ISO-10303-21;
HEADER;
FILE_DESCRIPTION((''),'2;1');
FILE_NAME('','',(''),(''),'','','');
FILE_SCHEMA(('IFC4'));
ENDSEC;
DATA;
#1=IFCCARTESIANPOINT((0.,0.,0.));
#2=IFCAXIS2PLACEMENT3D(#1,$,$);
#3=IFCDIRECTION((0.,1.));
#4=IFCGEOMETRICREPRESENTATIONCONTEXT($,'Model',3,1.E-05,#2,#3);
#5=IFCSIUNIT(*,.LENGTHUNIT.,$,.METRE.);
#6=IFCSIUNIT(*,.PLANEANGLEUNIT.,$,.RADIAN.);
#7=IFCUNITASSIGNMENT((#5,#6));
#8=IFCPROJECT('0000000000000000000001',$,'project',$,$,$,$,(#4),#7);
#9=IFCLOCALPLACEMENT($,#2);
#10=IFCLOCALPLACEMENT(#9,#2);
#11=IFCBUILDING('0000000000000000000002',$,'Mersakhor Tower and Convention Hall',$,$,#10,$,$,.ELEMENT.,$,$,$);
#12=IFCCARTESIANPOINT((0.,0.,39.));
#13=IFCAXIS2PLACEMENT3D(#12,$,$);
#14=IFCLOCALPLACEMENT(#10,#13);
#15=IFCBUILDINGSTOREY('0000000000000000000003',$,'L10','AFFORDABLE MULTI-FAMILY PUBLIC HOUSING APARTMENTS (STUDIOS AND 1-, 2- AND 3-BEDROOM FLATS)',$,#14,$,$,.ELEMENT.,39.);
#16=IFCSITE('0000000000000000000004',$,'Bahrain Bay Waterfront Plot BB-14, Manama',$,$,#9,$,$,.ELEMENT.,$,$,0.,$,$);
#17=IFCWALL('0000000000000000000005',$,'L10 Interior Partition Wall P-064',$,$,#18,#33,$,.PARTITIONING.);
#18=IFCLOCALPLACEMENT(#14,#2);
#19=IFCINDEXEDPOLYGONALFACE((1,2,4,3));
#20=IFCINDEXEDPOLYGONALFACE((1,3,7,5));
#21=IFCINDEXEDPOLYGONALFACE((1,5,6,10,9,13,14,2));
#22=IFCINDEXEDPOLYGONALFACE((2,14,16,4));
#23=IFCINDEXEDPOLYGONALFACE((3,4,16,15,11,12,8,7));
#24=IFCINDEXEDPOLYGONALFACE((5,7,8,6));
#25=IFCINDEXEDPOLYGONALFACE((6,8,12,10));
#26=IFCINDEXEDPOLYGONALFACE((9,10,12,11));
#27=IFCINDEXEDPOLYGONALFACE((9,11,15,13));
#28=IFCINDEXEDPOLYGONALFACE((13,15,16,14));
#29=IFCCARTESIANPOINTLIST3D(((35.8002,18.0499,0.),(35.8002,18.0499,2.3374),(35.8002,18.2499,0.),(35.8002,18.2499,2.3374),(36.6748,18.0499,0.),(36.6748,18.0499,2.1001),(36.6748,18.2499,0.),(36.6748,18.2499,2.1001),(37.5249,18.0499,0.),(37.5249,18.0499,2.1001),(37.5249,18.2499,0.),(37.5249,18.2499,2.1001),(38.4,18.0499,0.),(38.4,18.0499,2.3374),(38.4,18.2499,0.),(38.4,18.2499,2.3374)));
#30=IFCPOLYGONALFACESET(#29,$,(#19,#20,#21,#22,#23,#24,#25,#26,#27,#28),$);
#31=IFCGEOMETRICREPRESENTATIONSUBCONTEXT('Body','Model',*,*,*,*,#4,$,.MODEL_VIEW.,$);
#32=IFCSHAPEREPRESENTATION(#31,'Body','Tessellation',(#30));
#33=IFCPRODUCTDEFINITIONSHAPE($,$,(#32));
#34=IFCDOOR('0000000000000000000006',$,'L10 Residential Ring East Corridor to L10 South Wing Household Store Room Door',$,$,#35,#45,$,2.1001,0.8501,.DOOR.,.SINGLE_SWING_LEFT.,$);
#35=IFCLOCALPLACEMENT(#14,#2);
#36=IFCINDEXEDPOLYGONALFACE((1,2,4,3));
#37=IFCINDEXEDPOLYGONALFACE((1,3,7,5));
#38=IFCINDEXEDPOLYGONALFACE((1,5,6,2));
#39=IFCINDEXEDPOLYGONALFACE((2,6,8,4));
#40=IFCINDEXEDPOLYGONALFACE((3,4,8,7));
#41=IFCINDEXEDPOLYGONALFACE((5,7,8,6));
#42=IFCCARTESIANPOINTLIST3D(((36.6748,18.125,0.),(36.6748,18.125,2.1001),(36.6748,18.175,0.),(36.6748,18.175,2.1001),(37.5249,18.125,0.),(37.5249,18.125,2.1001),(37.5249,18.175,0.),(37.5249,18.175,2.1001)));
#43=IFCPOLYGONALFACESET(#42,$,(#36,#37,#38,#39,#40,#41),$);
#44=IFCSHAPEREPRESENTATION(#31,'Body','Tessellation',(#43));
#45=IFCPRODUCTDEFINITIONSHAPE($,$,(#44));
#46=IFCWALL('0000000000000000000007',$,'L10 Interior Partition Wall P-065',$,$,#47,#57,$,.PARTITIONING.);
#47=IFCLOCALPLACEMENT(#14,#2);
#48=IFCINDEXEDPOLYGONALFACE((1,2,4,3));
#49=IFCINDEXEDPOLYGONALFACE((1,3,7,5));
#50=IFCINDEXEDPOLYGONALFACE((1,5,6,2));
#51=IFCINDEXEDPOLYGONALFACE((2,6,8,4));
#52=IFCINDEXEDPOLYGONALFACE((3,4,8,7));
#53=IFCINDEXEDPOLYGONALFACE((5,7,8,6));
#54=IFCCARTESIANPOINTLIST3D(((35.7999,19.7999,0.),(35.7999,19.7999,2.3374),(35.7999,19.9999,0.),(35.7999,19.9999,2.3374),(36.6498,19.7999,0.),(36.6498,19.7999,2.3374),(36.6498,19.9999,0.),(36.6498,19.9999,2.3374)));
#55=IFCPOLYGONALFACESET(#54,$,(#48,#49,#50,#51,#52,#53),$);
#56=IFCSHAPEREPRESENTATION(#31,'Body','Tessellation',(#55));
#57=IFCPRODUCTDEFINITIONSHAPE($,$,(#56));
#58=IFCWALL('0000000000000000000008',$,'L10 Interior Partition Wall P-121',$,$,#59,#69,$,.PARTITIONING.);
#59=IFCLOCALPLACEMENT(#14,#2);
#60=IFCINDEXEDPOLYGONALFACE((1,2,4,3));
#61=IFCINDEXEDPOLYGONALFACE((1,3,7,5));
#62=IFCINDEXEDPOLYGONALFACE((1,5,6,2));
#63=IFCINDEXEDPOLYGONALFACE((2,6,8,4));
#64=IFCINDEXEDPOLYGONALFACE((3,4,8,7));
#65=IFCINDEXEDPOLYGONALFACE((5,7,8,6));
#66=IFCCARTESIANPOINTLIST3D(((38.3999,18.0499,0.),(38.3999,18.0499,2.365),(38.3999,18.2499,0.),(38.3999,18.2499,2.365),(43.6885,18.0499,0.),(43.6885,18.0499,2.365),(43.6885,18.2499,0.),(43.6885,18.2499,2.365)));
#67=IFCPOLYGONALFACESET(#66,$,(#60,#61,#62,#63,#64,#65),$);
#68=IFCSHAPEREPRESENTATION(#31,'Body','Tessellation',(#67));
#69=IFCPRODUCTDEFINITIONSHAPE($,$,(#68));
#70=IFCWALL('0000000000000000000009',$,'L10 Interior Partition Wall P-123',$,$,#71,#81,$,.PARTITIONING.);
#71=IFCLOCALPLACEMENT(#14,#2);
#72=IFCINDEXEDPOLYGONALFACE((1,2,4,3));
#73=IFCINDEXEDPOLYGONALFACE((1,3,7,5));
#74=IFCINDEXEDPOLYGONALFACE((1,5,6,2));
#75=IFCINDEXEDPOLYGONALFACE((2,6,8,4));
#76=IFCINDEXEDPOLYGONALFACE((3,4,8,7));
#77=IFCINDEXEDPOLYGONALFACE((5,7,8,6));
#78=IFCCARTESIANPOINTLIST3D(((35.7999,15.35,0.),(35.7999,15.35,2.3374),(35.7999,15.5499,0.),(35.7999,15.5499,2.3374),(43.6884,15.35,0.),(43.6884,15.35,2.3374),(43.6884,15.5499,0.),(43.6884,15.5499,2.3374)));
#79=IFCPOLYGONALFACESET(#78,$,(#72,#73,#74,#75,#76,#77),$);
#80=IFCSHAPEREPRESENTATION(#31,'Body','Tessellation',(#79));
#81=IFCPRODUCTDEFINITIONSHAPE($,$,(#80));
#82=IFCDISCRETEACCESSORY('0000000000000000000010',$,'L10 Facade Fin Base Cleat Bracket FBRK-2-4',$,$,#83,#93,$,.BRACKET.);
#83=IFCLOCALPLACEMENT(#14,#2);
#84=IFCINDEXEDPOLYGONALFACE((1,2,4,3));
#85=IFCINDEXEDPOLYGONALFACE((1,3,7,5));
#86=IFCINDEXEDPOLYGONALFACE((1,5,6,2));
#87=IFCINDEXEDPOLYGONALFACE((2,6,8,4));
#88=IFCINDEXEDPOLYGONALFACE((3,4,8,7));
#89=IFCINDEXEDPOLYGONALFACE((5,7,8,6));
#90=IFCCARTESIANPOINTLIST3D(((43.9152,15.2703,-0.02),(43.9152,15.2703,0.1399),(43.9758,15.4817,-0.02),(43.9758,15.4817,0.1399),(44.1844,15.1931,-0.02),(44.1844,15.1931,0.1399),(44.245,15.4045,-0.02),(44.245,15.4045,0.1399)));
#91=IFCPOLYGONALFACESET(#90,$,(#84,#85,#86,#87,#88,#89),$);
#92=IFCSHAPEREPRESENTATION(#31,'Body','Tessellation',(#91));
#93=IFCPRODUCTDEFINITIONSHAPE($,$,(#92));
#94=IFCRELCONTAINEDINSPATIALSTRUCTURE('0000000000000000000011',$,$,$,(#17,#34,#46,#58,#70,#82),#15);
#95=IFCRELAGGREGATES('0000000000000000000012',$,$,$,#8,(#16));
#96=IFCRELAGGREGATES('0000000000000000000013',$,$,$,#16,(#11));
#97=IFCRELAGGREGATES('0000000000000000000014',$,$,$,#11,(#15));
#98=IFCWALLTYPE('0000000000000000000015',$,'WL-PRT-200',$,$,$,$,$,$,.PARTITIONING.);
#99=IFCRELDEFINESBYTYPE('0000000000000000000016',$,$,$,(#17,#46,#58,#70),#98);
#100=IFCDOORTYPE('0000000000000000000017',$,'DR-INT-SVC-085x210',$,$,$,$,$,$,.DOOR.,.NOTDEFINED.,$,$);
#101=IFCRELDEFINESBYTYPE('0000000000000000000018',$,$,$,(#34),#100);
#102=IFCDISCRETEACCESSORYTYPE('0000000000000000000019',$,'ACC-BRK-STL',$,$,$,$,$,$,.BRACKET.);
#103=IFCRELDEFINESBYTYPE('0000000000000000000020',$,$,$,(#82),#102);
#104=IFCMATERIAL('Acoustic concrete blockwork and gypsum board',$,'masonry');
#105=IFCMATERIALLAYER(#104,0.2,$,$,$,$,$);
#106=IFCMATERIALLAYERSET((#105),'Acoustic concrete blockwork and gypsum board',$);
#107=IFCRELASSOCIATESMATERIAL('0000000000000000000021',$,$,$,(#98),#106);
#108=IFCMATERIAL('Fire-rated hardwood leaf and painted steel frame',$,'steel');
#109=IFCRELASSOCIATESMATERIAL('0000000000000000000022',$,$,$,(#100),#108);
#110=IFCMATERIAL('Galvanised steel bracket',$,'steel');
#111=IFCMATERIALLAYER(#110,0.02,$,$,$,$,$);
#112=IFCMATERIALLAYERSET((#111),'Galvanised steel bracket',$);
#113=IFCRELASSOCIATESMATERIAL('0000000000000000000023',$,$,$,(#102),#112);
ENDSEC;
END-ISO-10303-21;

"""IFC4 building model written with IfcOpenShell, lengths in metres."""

from ifc_helpers import new_model, si_unit, direction, frame, frame_2d, origin, origin_2d, place, context, subcontext, project, spatial, rectangle, extrude, material, layer, layer_set, type_object, element, fill, save


model = new_model("IFC4")

# Units and contexts
model_context = context("Model", 3, precision=1e-05, world=origin(), true_north=direction((0.0, 1.0)))
body_context = subcontext(model_context, "Body", "Model", "MODEL_VIEW")
ifc_project = project(units=[si_unit("LENGTHUNIT", "METRE"), si_unit("PLANEANGLEUNIT", "RADIAN")], contexts=[model_context])

# Site, building, storey
site_placement = place(None, origin())
site = spatial("IfcSite", under=ifc_project, at=site_placement, Name="Bahrain Bay Waterfront Plot BB-14, Manama", CompositionType="ELEMENT", RefElevation=0.0)
building_placement = place(site_placement, origin())
building = spatial("IfcBuilding", under=site, at=building_placement, Name="Mersakhor Tower and Convention Hall", CompositionType="ELEMENT")
storey_placement = place(building_placement, frame((0.0, 0.0, 39.0)))
storey = spatial("IfcBuildingStorey", under=building, at=storey_placement, Name="L10", Description="AFFORDABLE MULTI-FAMILY PUBLIC HOUSING APARTMENTS (STUDIOS AND 1-, 2- AND 3-BEDROOM FLATS)", CompositionType="ELEMENT", Elevation=39.0)

# Wall, opening, door
ifc_material_1 = material(Name="Acoustic concrete blockwork and gypsum board", Category="masonry")
ifc_layer_1 = layer(ifc_material_1, 0.2)
ifc_layer_set_1 = layer_set([ifc_layer_1], Name="Acoustic concrete blockwork and gypsum board")
wall_type_1 = type_object("IfcWallType", Name="WL-PRT-200", PredefinedType="PARTITIONING", material=ifc_layer_set_1)
wall_1_placement = place(storey_placement, frame((38.3999, 18.1499, 0.0), z_axis=(0.0, 0.0, 1.0), x_axis=(-1.0, 0.0, 0.0)))
wall_1 = element("IfcWall", 1, at=wall_1_placement, inside=storey, type_object=wall_type_1, Name="L10 Interior Partition Wall P-064", PredefinedType="PARTITIONING", context=body_context, shape_type="SweptSolid", body=[
    extrude(rectangle(XDim=2.5999, YDim=0.2, at=frame_2d((1.2998, 0.0))), origin(), (0.0, 0.0, 1.0), 2.3374),
])
opening_1_placement = place(wall_1_placement, frame((0.875, 0.0, 0.0)))
opening_1 = element("IfcOpeningElement", 2, at=opening_1_placement, cuts=wall_1, PredefinedType="OPENING", context=body_context, shape_type="SweptSolid", body=[
    extrude(rectangle(XDim=0.8501, YDim=2.1001, at=frame_2d((0.425, 1.05))), frame((0.0, 0.1099, 0.0), z_axis=(0.0, -1.0, 0.0), x_axis=(1.0, 0.0, 0.0)), (0.0, 0.0, 1.0), 0.22),
])
ifc_material_2 = material(Name="Fire-rated hardwood leaf and painted steel frame", Category="steel")
door_type_1 = type_object("IfcDoorType", Name="DR-INT-SVC-085x210", OperationType="NOTDEFINED", PredefinedType="DOOR", material=ifc_material_2)
door_1_placement = place(opening_1_placement, origin())
door_1 = element("IfcDoor", 3, at=door_1_placement, inside=storey, type_object=door_type_1, Name="L10 Residential Ring East Corridor to L10 South Wing Household Store Room Door", OperationType="SINGLE_SWING_LEFT", OverallHeight=2.1001, OverallWidth=0.8501, PredefinedType="DOOR", context=body_context, shape_type="SweptSolid", body=[
    extrude(rectangle(XDim=0.8501, YDim=2.1001, at=frame_2d((0.425, 1.05))), frame((0.0, 0.0249, 0.0), z_axis=(0.0, -1.0, 0.0), x_axis=(1.0, 0.0, 0.0)), (0.0, 0.0, 1.0), 0.05),
])
fill(opening_1, door_1)

# Walls
wall_2_placement = place(storey_placement, frame((35.8, 19.8999, 0.0), z_axis=(0.0, 0.0, 1.0), x_axis=(1.0, 0.0, 0.0)))
element("IfcWall", 4, at=wall_2_placement, inside=storey, type_object=wall_type_1, Name="L10 Interior Partition Wall P-065", PredefinedType="PARTITIONING", context=body_context, shape_type="SweptSolid", body=[
    extrude(rectangle(XDim=0.8499, YDim=0.2, at=frame_2d((0.4248, 0.0))), origin(), (0.0, 0.0, 1.0), 2.3374),
])
wall_3_placement = place(storey_placement, frame((43.6885, 18.1499, 0.0), z_axis=(0.0, 0.0, 1.0), x_axis=(-1.0, 0.0, 0.0)))
element("IfcWall", 5, at=wall_3_placement, inside=storey, type_object=wall_type_1, Name="L10 Interior Partition Wall P-121", PredefinedType="PARTITIONING", context=body_context, shape_type="SweptSolid", body=[
    extrude(rectangle(XDim=5.2886, YDim=0.2, at=frame_2d((2.6443, 0.0))), origin(), (0.0, 0.0, 1.0), 2.365),
])
wall_4_placement = place(storey_placement, frame((43.6885, 15.45, 0.0), z_axis=(0.0, 0.0, 1.0), x_axis=(-1.0, 0.0, 0.0)))
element("IfcWall", 6, at=wall_4_placement, inside=storey, type_object=wall_type_1, Name="L10 Interior Partition Wall P-123", PredefinedType="PARTITIONING", context=body_context, shape_type="SweptSolid", body=[
    extrude(rectangle(XDim=7.8884, YDim=0.2, at=frame_2d((3.9443, 0.0))), origin(), (0.0, 0.0, 1.0), 2.3374),
])

# Discrete accessory
ifc_material_3 = material(Name="Galvanised steel bracket", Category="steel")
ifc_layer_2 = layer(ifc_material_3, 0.02)
ifc_layer_set_2 = layer_set([ifc_layer_2], Name="Galvanised steel bracket")
discrete_accessory_type = type_object("IfcDiscreteAccessoryType", Name="ACC-BRK-STL", PredefinedType="BRACKET", material=ifc_layer_set_2)
discrete_accessory_placement = place(storey_placement, frame((44.0801, 15.3374, -0.02), z_axis=(0.0, 0.0, 1.0), x_axis=(0.961262, -0.275637, 0.0)))
element("IfcDiscreteAccessory", 7, at=discrete_accessory_placement, inside=storey, type_object=discrete_accessory_type, Name="L10 Facade Fin Base Cleat Bracket FBRK-2-4", PredefinedType="BRACKET", context=body_context, shape_type="SweptSolid", body=[
    extrude(rectangle(XDim=0.28, YDim=0.22, at=origin_2d()), origin(), (0.0, 0.0, 1.0), 0.1599),
])

save(model, "model.ifc")
